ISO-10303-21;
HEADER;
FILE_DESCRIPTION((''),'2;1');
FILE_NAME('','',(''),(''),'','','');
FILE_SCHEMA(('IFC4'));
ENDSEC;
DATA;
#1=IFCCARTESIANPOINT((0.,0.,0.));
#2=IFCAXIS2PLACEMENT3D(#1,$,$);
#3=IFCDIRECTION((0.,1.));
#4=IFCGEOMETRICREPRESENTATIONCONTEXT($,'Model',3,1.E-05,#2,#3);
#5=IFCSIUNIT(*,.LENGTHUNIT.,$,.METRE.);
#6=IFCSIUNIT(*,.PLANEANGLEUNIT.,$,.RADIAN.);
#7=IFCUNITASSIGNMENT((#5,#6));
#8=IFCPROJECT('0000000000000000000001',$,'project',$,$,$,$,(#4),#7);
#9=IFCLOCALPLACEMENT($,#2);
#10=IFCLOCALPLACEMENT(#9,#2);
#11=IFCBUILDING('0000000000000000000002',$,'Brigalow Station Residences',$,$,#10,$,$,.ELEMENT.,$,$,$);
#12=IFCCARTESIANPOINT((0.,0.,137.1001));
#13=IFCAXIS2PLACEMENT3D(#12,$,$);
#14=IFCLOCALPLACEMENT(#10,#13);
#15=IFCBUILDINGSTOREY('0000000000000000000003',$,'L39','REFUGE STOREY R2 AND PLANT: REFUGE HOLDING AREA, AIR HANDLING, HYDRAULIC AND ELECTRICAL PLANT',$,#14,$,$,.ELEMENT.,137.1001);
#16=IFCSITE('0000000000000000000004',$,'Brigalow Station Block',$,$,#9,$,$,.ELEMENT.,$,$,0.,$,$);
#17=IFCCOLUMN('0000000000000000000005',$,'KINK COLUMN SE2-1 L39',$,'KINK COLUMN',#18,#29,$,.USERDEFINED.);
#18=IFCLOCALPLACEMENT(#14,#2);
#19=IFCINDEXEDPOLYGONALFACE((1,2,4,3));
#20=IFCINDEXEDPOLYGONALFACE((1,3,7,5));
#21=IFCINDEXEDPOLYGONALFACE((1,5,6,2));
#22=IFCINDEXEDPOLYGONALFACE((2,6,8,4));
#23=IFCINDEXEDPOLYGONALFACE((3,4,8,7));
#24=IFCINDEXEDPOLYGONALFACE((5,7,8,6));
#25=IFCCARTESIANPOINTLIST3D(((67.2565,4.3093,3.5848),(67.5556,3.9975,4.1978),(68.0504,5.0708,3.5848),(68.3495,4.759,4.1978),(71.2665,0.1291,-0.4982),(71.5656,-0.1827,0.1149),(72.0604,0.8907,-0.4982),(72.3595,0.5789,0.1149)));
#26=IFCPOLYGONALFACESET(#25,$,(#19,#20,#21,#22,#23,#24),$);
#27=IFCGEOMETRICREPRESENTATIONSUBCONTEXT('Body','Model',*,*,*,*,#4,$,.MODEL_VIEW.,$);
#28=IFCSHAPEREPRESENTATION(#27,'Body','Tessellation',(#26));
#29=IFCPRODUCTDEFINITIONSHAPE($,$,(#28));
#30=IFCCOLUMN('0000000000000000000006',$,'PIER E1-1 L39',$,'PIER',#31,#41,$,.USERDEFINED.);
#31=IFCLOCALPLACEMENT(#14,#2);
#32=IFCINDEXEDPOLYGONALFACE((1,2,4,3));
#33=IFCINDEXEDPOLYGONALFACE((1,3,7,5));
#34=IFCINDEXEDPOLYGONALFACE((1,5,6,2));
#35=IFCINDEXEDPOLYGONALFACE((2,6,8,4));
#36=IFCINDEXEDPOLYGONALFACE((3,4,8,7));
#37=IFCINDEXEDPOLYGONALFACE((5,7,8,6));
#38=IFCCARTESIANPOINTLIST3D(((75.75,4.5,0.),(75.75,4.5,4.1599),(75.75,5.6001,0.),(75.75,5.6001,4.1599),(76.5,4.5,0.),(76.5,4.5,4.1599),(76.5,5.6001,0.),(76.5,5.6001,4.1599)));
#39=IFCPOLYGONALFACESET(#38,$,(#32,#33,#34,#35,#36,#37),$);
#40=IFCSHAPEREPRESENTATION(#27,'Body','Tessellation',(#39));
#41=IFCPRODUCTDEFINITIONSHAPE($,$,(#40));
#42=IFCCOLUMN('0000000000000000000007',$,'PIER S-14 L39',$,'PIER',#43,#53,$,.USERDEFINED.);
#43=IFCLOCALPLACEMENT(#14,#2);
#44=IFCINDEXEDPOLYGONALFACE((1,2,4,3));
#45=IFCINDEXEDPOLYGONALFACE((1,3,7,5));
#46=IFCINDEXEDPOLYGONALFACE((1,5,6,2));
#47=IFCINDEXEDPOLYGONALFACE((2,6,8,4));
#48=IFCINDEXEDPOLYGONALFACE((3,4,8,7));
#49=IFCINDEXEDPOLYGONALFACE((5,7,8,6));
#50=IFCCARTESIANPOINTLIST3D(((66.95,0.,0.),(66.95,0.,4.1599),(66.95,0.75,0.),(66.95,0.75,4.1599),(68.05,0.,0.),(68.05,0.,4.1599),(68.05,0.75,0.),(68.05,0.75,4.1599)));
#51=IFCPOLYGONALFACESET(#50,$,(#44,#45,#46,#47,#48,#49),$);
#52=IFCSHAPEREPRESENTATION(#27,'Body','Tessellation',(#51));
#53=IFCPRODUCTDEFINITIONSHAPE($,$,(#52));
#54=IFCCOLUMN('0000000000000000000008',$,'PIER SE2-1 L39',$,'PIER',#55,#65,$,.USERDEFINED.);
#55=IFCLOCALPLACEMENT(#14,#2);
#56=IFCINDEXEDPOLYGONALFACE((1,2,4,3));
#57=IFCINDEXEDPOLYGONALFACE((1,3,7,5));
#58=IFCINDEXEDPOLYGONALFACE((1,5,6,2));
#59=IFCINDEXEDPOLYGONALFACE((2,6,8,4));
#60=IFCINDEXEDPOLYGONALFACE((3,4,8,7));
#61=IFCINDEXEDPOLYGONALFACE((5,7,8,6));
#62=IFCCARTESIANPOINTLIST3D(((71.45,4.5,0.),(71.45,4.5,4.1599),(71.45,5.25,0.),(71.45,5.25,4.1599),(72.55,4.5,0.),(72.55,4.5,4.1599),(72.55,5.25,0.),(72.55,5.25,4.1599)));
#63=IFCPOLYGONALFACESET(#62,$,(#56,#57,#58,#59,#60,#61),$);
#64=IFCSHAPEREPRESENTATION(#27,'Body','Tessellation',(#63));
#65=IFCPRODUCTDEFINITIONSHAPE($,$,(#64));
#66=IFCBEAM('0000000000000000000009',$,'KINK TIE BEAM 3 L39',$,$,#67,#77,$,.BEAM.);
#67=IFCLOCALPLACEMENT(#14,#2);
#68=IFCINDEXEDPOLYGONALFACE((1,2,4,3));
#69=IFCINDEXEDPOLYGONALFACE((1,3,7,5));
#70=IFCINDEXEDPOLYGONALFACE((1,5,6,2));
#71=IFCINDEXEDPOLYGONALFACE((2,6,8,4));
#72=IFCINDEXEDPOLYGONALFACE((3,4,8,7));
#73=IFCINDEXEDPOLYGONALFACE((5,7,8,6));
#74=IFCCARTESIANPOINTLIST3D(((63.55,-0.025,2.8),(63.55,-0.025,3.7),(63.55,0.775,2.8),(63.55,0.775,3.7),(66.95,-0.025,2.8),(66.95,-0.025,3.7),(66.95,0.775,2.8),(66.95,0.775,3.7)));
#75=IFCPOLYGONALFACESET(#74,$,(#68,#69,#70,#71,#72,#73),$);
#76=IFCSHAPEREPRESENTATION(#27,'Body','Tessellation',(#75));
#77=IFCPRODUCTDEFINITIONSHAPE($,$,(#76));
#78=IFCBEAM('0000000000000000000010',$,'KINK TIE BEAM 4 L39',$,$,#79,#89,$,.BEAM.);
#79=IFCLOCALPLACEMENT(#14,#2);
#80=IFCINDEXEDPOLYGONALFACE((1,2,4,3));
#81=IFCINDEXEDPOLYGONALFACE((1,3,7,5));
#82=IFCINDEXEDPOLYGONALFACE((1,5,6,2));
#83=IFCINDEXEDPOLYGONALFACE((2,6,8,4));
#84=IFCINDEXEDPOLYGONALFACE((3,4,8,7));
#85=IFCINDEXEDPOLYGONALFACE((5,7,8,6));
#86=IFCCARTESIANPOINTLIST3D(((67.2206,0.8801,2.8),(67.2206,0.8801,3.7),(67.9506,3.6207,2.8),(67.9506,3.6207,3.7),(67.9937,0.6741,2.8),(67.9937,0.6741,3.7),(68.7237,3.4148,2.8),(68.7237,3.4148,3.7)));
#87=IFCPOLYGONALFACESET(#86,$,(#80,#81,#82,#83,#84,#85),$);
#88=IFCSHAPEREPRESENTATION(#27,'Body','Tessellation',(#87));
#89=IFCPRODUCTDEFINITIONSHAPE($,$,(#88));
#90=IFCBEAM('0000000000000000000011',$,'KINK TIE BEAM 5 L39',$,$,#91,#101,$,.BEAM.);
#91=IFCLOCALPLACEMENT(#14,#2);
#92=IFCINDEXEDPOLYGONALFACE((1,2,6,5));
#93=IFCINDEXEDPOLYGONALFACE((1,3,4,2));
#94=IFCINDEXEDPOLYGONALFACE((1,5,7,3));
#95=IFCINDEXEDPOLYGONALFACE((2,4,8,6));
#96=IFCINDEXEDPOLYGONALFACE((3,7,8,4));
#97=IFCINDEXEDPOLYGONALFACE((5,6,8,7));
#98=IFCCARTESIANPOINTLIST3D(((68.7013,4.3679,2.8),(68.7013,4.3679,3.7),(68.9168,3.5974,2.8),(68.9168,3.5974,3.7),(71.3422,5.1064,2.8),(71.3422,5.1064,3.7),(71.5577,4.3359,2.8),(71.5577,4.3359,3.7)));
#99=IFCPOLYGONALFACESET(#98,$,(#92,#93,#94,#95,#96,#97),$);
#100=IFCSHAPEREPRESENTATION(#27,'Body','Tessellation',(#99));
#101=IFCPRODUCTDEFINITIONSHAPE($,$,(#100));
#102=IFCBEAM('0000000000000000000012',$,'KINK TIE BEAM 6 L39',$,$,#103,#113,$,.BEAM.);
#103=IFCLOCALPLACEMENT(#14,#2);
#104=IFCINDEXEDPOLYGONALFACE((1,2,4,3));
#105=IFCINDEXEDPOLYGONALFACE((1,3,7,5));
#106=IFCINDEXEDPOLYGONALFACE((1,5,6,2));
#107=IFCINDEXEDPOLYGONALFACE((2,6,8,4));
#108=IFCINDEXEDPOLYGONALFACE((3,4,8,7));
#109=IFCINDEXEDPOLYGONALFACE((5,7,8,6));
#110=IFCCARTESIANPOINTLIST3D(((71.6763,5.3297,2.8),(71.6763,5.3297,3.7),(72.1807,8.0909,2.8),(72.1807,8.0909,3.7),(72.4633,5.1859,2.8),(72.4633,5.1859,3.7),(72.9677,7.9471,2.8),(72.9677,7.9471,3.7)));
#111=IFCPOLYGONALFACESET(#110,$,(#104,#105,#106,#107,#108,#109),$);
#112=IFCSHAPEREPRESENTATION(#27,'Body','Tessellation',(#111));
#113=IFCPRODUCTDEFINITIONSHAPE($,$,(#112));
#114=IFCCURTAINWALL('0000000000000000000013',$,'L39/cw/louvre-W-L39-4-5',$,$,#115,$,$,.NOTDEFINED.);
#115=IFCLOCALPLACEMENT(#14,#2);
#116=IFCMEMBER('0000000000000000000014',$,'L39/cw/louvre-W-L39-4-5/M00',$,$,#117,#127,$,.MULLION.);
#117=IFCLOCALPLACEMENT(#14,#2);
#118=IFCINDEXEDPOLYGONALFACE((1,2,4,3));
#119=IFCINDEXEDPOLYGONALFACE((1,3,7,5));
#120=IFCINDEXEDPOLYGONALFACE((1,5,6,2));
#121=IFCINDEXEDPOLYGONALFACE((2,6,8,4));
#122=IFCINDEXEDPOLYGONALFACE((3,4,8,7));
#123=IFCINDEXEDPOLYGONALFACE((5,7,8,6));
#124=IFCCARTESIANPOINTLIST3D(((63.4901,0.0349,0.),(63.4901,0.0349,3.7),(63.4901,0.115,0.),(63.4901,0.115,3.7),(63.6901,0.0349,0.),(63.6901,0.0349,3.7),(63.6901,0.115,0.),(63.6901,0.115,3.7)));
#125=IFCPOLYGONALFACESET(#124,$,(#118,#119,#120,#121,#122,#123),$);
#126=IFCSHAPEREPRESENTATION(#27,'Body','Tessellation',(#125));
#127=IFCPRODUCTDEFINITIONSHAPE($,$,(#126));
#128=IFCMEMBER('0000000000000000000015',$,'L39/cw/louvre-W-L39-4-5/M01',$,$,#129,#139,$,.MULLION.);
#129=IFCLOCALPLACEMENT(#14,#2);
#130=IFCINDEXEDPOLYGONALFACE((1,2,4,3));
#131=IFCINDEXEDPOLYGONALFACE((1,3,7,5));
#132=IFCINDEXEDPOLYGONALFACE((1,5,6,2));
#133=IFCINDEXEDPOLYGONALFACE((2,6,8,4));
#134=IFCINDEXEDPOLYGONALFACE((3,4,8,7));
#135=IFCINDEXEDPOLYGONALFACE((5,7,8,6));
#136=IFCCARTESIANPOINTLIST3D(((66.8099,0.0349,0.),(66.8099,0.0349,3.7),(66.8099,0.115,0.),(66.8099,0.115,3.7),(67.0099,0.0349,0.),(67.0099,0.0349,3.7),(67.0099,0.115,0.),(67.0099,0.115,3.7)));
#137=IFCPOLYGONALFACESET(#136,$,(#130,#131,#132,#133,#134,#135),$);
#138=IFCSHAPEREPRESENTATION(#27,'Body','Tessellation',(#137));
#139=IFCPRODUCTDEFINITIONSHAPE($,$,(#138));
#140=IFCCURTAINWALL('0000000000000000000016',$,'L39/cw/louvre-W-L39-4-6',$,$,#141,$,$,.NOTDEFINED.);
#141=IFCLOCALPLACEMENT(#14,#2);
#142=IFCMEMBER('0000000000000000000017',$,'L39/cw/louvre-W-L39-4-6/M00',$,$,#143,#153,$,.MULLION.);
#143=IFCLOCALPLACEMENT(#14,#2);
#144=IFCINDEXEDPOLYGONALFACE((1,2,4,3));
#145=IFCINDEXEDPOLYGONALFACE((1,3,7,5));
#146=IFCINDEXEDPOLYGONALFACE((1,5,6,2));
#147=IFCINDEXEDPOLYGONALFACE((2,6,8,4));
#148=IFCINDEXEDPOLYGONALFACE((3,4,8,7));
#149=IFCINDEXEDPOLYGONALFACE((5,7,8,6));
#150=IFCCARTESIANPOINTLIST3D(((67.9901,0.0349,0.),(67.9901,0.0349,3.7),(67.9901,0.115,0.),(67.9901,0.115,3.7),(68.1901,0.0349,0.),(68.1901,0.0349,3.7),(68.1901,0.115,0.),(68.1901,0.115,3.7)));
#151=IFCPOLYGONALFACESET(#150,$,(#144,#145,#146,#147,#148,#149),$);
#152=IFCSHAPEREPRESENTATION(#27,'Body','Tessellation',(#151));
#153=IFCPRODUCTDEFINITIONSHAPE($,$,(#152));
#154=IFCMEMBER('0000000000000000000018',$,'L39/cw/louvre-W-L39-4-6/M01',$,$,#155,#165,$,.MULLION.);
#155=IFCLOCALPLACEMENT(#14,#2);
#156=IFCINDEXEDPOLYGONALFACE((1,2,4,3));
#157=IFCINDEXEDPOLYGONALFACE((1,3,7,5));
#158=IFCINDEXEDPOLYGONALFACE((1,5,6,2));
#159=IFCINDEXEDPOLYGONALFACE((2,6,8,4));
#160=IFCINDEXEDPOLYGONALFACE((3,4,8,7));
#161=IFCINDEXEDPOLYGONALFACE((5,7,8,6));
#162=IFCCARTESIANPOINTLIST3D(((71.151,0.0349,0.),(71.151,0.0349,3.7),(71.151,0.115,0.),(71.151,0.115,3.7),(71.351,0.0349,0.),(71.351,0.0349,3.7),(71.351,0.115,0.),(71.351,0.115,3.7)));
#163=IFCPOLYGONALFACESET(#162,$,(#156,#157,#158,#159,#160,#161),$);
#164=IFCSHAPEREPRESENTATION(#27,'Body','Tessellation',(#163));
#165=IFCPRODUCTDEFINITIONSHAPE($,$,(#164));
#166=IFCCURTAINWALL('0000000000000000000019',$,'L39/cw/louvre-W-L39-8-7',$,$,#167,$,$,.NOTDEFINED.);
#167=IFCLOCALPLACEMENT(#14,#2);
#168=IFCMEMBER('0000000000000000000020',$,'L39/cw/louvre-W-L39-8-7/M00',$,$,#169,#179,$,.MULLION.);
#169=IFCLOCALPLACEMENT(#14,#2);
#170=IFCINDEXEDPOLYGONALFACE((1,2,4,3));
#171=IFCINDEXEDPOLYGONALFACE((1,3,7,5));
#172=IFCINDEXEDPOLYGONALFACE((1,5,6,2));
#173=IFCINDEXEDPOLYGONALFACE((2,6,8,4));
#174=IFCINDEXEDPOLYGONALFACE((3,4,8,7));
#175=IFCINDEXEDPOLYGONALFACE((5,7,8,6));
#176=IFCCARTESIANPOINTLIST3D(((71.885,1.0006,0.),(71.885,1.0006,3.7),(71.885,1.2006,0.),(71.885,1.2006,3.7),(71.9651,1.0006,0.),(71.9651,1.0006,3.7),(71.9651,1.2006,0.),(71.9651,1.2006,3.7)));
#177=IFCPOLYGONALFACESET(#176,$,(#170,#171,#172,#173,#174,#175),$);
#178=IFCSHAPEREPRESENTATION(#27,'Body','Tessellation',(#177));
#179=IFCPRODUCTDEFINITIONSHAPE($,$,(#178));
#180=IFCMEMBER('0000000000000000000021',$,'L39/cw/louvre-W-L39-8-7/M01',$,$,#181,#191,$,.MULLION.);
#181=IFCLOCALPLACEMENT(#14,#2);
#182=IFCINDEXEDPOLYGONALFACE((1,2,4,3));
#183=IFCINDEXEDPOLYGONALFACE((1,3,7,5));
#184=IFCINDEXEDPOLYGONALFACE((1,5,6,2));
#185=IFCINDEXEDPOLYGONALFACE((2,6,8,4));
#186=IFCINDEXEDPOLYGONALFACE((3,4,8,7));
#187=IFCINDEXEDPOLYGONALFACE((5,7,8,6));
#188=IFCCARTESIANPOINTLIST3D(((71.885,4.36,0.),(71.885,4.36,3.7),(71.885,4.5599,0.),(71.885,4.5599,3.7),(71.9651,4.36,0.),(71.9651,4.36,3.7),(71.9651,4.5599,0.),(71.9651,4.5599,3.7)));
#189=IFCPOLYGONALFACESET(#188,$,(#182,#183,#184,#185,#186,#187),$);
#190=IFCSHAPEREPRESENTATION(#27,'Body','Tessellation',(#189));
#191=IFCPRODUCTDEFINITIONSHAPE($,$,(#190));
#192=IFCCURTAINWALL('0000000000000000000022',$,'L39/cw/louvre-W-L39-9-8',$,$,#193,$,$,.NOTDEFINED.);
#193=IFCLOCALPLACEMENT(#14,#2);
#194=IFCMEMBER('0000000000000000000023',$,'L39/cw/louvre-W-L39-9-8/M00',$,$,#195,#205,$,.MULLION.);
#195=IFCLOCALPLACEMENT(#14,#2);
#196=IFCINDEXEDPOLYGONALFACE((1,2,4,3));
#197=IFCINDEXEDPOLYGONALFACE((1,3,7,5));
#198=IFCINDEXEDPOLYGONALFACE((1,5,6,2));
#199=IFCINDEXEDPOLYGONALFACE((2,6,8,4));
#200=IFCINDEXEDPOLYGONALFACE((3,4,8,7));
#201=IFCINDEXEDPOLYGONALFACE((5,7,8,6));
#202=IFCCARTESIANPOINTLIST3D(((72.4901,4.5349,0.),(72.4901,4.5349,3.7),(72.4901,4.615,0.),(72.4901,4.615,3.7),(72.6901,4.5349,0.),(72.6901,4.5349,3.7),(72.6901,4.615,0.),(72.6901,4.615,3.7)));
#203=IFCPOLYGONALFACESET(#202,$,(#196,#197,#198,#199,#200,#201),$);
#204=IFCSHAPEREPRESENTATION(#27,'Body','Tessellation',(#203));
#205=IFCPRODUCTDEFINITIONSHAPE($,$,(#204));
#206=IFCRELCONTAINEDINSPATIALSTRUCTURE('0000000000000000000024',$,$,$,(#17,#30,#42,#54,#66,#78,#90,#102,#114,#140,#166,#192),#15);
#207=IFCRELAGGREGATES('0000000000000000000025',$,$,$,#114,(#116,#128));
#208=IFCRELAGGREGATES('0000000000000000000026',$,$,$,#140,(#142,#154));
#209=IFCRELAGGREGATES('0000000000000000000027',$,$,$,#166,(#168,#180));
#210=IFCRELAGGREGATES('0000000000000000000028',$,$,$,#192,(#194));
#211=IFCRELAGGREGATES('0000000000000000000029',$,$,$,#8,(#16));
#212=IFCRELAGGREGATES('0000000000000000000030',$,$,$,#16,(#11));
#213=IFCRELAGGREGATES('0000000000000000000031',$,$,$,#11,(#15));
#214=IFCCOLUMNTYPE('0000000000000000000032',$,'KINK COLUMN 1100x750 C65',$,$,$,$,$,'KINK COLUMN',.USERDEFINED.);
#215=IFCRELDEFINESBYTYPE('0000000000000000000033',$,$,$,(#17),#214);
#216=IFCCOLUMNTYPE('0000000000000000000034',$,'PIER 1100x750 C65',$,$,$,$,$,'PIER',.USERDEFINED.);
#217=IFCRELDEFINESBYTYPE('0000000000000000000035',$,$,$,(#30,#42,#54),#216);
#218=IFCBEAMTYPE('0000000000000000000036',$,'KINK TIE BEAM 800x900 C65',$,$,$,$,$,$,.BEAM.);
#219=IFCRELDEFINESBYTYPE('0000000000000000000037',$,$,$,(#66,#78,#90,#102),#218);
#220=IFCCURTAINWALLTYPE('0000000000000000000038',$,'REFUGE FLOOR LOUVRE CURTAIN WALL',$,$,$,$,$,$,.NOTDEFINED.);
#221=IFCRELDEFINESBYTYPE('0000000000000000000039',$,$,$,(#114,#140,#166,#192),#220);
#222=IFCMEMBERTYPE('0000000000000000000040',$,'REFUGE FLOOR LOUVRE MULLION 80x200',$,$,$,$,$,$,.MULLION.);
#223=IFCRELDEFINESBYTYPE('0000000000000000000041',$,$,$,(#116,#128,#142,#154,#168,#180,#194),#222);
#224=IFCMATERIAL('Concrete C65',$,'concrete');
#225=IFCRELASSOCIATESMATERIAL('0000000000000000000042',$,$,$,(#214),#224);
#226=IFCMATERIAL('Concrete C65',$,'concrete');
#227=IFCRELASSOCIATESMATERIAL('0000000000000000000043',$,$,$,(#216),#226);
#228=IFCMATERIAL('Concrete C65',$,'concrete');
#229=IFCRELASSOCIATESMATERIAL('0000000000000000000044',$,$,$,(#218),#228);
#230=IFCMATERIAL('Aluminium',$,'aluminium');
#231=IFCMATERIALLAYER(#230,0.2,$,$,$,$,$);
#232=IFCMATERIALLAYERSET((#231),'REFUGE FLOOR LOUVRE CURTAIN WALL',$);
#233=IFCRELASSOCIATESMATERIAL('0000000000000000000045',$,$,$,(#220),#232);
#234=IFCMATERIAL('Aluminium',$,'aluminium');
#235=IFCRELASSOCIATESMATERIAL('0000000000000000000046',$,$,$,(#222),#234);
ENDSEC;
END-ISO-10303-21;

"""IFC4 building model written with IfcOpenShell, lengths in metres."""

from ifc_helpers import new_model, si_unit, direction, frame, origin, origin_2d, place, context, subcontext, project, spatial, rectangle, extrude, material, layer, layer_set, material_profile, profile_set, type_object, element, aggregate, save


model = new_model("IFC4")

# Units and contexts
model_context = context("Model", 3, precision=1e-05, world=origin(), true_north=direction((0.0, 1.0)))
body_context = subcontext(model_context, "Body", "Model", "MODEL_VIEW")
ifc_project = project(units=[si_unit("LENGTHUNIT", "METRE"), si_unit("PLANEANGLEUNIT", "RADIAN")], contexts=[model_context])

# Site, building, storey
site_placement = place(None, origin())
site = spatial("IfcSite", under=ifc_project, at=site_placement, Name="Brigalow Station Block", CompositionType="ELEMENT", RefElevation=0.0)
building_placement = place(site_placement, origin())
building = spatial("IfcBuilding", under=site, at=building_placement, Name="Brigalow Station Residences", CompositionType="ELEMENT")
storey_placement = place(building_placement, frame((0.0, 0.0, 137.1001)))
storey = spatial("IfcBuildingStorey", under=building, at=storey_placement, Name="L39", Description="REFUGE STOREY R2 AND PLANT: REFUGE HOLDING AREA, AIR HANDLING, HYDRAULIC AND ELECTRICAL PLANT", CompositionType="ELEMENT", Elevation=137.1001)

# Columns
ifc_material_1 = material(Name="Concrete C65", Category="concrete")
ifc_material_profile_1 = material_profile(ifc_material_1, rectangle(XDim=1.1001, YDim=0.75, at=origin_2d()), Name="RC1100x750")
ifc_profile_set_1 = profile_set([ifc_material_profile_1], Name="Concrete C65")
column_type_1 = type_object("IfcColumnType", Name="KINK COLUMN 1100x750 C65", ElementType="KINK COLUMN", PredefinedType="USERDEFINED", material=ifc_profile_set_1)
column_placement = place(storey_placement, frame((71.813, 0.354, -0.1917), z_axis=(-0.565829, 0.58984, 0.57613), x_axis=(-0.721642, -0.692266, 0.0)))
element("IfcColumn", 1, at=column_placement, inside=storey, type_object=column_type_1, Name="KINK COLUMN SE2-1 L39", ObjectType="KINK COLUMN", PredefinedType="USERDEFINED", context=body_context, shape_type="SweptSolid", body=[
    extrude(rectangle(XDim=1.1001, YDim=0.75, at=origin_2d()), origin(), (0.0, 0.0, 1.0), 7.0869),
])
ifc_material_2 = material(Name="Concrete C65", Category="concrete")
ifc_material_profile_2 = material_profile(ifc_material_2, rectangle(XDim=1.1001, YDim=0.75, at=origin_2d()), Name="RC1100x750")
ifc_profile_set_2 = profile_set([ifc_material_profile_2], Name="Concrete C65")
column_type_2 = type_object("IfcColumnType", Name="PIER 1100x750 C65", ElementType="PIER", PredefinedType="USERDEFINED", material=ifc_profile_set_2)
for number, where, z_axis, x_axis, name in (
    (2, (76.125, 5.05, 0.0), (0.0, 0.0, 1.0), (0.0, 1.0, 0.0), "PIER E1-1 L39"),
    (3, (67.5, 0.375, 0.0), (0.0, 0.0, 1.0), (1.0, 0.0, 0.0), "PIER S-14 L39"),
    (4, (72.0, 4.875, 0.0), (0.0, 0.0, 1.0), (1.0, 0.0, 0.0), "PIER SE2-1 L39"),
):
    element("IfcColumn", number, at=place(storey_placement, frame(where, z_axis=z_axis, x_axis=x_axis)), inside=storey, type_object=column_type_2, Name=name, ObjectType="PIER", PredefinedType="USERDEFINED", context=body_context, shape_type="SweptSolid", body=[
        extrude(rectangle(XDim=1.1001, YDim=0.75, at=origin_2d()), origin(), (0.0, 0.0, 1.0), 4.1599),
    ])

# Beams
ifc_material_3 = material(Name="Concrete C65", Category="concrete")
ifc_material_profile_3 = material_profile(ifc_material_3, rectangle(XDim=0.8, YDim=0.8999, at=origin_2d()), Name="RC800x900")
ifc_profile_set_3 = profile_set([ifc_material_profile_3], Name="Concrete C65")
beam_type = type_object("IfcBeamType", Name="KINK TIE BEAM 800x900 C65", PredefinedType="BEAM", material=ifc_profile_set_3)
beam_1_placement = place(storey_placement, frame((63.55, 0.375, 3.25), z_axis=(1.0, 0.0, 0.0), x_axis=(0.0, 1.0, 0.0)))
element("IfcBeam", 5, at=beam_1_placement, inside=storey, type_object=beam_type, Name="KINK TIE BEAM 3 L39", PredefinedType="BEAM", context=body_context, shape_type="SweptSolid", body=[
    extrude(rectangle(XDim=0.8, YDim=0.8999, at=origin_2d()), origin(), (0.0, 0.0, 1.0), 3.3999),
])
beam_2_placement = place(storey_placement, frame((67.6072, 0.7771, 3.25), z_axis=(0.257373, 0.966312, 0.0), x_axis=(-0.966312, 0.257373, 0.0)))
element("IfcBeam", 6, at=beam_2_placement, inside=storey, type_object=beam_type, Name="KINK TIE BEAM 4 L39", PredefinedType="BEAM", context=body_context, shape_type="SweptSolid", body=[
    extrude(rectangle(XDim=0.8, YDim=0.8999, at=origin_2d()), origin(), (0.0, 0.0, 1.0), 2.8362),
])
beam_3_placement = place(storey_placement, frame((68.8091, 3.9827, 3.25), z_axis=(0.963051, 0.269319, 0.0), x_axis=(-0.269319, 0.963051, 0.0)))
element("IfcBeam", 7, at=beam_3_placement, inside=storey, type_object=beam_type, Name="KINK TIE BEAM 5 L39", PredefinedType="BEAM", context=body_context, shape_type="SweptSolid", body=[
    extrude(rectangle(XDim=0.8, YDim=0.8999, at=origin_2d()), origin(), (0.0, 0.0, 1.0), 2.7422),
])
beam_4_placement = place(storey_placement, frame((72.0698, 5.2578, 3.25), z_axis=(0.179697, 0.983722, 0.0), x_axis=(-0.983722, 0.179697, 0.0)))
element("IfcBeam", 8, at=beam_4_placement, inside=storey, type_object=beam_type, Name="KINK TIE BEAM 6 L39", PredefinedType="BEAM", context=body_context, shape_type="SweptSolid", body=[
    extrude(rectangle(XDim=0.8, YDim=0.8999, at=origin_2d()), origin(), (0.0, 0.0, 1.0), 2.8069),
])

# Curtain walls, members
ifc_material_4 = material(Name="Aluminium", Category="aluminium")
ifc_layer_1 = layer(ifc_material_4, 0.2)
ifc_layer_set_1 = layer_set([ifc_layer_1], Name="REFUGE FLOOR LOUVRE CURTAIN WALL")
curtain_wall_type = type_object("IfcCurtainWallType", Name="REFUGE FLOOR LOUVRE CURTAIN WALL", PredefinedType="NOTDEFINED", material=ifc_layer_set_1)
curtain_wall_1_placement = place(storey_placement, origin())
curtain_wall_1 = element("IfcCurtainWall", 9, at=curtain_wall_1_placement, inside=storey, type_object=curtain_wall_type, Name="L39/cw/louvre-W-L39-4-5", PredefinedType="NOTDEFINED")
ifc_material_5 = material(Name="Aluminium", Category="aluminium")
ifc_material_profile_4 = material_profile(ifc_material_5, rectangle(XDim=0.0801, YDim=0.2, at=origin_2d()), Name="REFUGE FLOOR LOUVRE MULLION 80x200")
ifc_profile_set_4 = profile_set([ifc_material_profile_4], Name="Aluminium")
member_type_1 = type_object("IfcMemberType", Name="REFUGE FLOOR LOUVRE MULLION 80x200", PredefinedType="MULLION", material=ifc_profile_set_4)
member_1_placement = place(storey_placement, frame((63.5901, 0.075, 0.0), z_axis=(0.0, 0.0, 1.0), x_axis=(0.0, 1.0, 0.0)))
member_1 = element("IfcMember", 10, at=member_1_placement, type_object=member_type_1, Name="L39/cw/louvre-W-L39-4-5/M00", PredefinedType="MULLION", context=body_context, shape_type="SweptSolid", body=[
    extrude(rectangle(XDim=0.0801, YDim=0.2, at=origin_2d()), origin(), (0.0, 0.0, 1.0), 3.7),
])
member_2_placement = place(storey_placement, frame((66.9099, 0.075, 0.0), z_axis=(0.0, 0.0, 1.0), x_axis=(0.0, 1.0, 0.0)))
member_2 = element("IfcMember", 11, at=member_2_placement, type_object=member_type_1, Name="L39/cw/louvre-W-L39-4-5/M01", PredefinedType="MULLION", context=body_context, shape_type="SweptSolid", body=[
    extrude(rectangle(XDim=0.0801, YDim=0.2, at=origin_2d()), origin(), (0.0, 0.0, 1.0), 3.7),
])
curtain_wall_2_placement = place(storey_placement, origin())
curtain_wall_2 = element("IfcCurtainWall", 12, at=curtain_wall_2_placement, inside=storey, type_object=curtain_wall_type, Name="L39/cw/louvre-W-L39-4-6", PredefinedType="NOTDEFINED")
member_3_placement = place(storey_placement, frame((68.0901, 0.075, 0.0), z_axis=(0.0, 0.0, 1.0), x_axis=(0.0, 1.0, 0.0)))
member_3 = element("IfcMember", 13, at=member_3_placement, type_object=member_type_1, Name="L39/cw/louvre-W-L39-4-6/M00", PredefinedType="MULLION", context=body_context, shape_type="SweptSolid", body=[
    extrude(rectangle(XDim=0.0801, YDim=0.2, at=origin_2d()), origin(), (0.0, 0.0, 1.0), 3.7),
])
member_4_placement = place(storey_placement, frame((71.251, 0.075, 0.0), z_axis=(0.0, 0.0, 1.0), x_axis=(0.0, 1.0, 0.0)))
member_4 = element("IfcMember", 14, at=member_4_placement, type_object=member_type_1, Name="L39/cw/louvre-W-L39-4-6/M01", PredefinedType="MULLION", context=body_context, shape_type="SweptSolid", body=[
    extrude(rectangle(XDim=0.0801, YDim=0.2, at=origin_2d()), origin(), (0.0, 0.0, 1.0), 3.7),
])
curtain_wall_3_placement = place(storey_placement, origin())
curtain_wall_3 = element("IfcCurtainWall", 15, at=curtain_wall_3_placement, inside=storey, type_object=curtain_wall_type, Name="L39/cw/louvre-W-L39-8-7", PredefinedType="NOTDEFINED")
member_5_placement = place(storey_placement, frame((71.925, 1.1006, 0.0), z_axis=(0.0, 0.0, 1.0), x_axis=(-1.0, 0.0, 0.0)))
member_5 = element("IfcMember", 16, at=member_5_placement, type_object=member_type_1, Name="L39/cw/louvre-W-L39-8-7/M00", PredefinedType="MULLION", context=body_context, shape_type="SweptSolid", body=[
    extrude(rectangle(XDim=0.0801, YDim=0.2, at=origin_2d()), origin(), (0.0, 0.0, 1.0), 3.7),
])
member_6_placement = place(storey_placement, frame((71.925, 4.46, 0.0), z_axis=(0.0, 0.0, 1.0), x_axis=(-1.0, 0.0, 0.0)))
member_6 = element("IfcMember", 17, at=member_6_placement, type_object=member_type_1, Name="L39/cw/louvre-W-L39-8-7/M01", PredefinedType="MULLION", context=body_context, shape_type="SweptSolid", body=[
    extrude(rectangle(XDim=0.0801, YDim=0.2, at=origin_2d()), origin(), (0.0, 0.0, 1.0), 3.7),
])
curtain_wall_4_placement = place(storey_placement, origin())
curtain_wall_4 = element("IfcCurtainWall", 18, at=curtain_wall_4_placement, inside=storey, type_object=curtain_wall_type, Name="L39/cw/louvre-W-L39-9-8", PredefinedType="NOTDEFINED")
member_7_placement = place(storey_placement, frame((72.5901, 4.575, 0.0), z_axis=(0.0, 0.0, 1.0), x_axis=(0.0, 1.0, 0.0)))
member_7 = element("IfcMember", 19, at=member_7_placement, type_object=member_type_1, Name="L39/cw/louvre-W-L39-9-8/M00", PredefinedType="MULLION", context=body_context, shape_type="SweptSolid", body=[
    extrude(rectangle(XDim=0.0801, YDim=0.2, at=origin_2d()), origin(), (0.0, 0.0, 1.0), 3.7),
])

aggregate(curtain_wall_1, [member_1, member_2])
aggregate(curtain_wall_2, [member_3, member_4])
aggregate(curtain_wall_3, [member_5, member_6])
aggregate(curtain_wall_4, [member_7])

save(model, "model.ifc")
